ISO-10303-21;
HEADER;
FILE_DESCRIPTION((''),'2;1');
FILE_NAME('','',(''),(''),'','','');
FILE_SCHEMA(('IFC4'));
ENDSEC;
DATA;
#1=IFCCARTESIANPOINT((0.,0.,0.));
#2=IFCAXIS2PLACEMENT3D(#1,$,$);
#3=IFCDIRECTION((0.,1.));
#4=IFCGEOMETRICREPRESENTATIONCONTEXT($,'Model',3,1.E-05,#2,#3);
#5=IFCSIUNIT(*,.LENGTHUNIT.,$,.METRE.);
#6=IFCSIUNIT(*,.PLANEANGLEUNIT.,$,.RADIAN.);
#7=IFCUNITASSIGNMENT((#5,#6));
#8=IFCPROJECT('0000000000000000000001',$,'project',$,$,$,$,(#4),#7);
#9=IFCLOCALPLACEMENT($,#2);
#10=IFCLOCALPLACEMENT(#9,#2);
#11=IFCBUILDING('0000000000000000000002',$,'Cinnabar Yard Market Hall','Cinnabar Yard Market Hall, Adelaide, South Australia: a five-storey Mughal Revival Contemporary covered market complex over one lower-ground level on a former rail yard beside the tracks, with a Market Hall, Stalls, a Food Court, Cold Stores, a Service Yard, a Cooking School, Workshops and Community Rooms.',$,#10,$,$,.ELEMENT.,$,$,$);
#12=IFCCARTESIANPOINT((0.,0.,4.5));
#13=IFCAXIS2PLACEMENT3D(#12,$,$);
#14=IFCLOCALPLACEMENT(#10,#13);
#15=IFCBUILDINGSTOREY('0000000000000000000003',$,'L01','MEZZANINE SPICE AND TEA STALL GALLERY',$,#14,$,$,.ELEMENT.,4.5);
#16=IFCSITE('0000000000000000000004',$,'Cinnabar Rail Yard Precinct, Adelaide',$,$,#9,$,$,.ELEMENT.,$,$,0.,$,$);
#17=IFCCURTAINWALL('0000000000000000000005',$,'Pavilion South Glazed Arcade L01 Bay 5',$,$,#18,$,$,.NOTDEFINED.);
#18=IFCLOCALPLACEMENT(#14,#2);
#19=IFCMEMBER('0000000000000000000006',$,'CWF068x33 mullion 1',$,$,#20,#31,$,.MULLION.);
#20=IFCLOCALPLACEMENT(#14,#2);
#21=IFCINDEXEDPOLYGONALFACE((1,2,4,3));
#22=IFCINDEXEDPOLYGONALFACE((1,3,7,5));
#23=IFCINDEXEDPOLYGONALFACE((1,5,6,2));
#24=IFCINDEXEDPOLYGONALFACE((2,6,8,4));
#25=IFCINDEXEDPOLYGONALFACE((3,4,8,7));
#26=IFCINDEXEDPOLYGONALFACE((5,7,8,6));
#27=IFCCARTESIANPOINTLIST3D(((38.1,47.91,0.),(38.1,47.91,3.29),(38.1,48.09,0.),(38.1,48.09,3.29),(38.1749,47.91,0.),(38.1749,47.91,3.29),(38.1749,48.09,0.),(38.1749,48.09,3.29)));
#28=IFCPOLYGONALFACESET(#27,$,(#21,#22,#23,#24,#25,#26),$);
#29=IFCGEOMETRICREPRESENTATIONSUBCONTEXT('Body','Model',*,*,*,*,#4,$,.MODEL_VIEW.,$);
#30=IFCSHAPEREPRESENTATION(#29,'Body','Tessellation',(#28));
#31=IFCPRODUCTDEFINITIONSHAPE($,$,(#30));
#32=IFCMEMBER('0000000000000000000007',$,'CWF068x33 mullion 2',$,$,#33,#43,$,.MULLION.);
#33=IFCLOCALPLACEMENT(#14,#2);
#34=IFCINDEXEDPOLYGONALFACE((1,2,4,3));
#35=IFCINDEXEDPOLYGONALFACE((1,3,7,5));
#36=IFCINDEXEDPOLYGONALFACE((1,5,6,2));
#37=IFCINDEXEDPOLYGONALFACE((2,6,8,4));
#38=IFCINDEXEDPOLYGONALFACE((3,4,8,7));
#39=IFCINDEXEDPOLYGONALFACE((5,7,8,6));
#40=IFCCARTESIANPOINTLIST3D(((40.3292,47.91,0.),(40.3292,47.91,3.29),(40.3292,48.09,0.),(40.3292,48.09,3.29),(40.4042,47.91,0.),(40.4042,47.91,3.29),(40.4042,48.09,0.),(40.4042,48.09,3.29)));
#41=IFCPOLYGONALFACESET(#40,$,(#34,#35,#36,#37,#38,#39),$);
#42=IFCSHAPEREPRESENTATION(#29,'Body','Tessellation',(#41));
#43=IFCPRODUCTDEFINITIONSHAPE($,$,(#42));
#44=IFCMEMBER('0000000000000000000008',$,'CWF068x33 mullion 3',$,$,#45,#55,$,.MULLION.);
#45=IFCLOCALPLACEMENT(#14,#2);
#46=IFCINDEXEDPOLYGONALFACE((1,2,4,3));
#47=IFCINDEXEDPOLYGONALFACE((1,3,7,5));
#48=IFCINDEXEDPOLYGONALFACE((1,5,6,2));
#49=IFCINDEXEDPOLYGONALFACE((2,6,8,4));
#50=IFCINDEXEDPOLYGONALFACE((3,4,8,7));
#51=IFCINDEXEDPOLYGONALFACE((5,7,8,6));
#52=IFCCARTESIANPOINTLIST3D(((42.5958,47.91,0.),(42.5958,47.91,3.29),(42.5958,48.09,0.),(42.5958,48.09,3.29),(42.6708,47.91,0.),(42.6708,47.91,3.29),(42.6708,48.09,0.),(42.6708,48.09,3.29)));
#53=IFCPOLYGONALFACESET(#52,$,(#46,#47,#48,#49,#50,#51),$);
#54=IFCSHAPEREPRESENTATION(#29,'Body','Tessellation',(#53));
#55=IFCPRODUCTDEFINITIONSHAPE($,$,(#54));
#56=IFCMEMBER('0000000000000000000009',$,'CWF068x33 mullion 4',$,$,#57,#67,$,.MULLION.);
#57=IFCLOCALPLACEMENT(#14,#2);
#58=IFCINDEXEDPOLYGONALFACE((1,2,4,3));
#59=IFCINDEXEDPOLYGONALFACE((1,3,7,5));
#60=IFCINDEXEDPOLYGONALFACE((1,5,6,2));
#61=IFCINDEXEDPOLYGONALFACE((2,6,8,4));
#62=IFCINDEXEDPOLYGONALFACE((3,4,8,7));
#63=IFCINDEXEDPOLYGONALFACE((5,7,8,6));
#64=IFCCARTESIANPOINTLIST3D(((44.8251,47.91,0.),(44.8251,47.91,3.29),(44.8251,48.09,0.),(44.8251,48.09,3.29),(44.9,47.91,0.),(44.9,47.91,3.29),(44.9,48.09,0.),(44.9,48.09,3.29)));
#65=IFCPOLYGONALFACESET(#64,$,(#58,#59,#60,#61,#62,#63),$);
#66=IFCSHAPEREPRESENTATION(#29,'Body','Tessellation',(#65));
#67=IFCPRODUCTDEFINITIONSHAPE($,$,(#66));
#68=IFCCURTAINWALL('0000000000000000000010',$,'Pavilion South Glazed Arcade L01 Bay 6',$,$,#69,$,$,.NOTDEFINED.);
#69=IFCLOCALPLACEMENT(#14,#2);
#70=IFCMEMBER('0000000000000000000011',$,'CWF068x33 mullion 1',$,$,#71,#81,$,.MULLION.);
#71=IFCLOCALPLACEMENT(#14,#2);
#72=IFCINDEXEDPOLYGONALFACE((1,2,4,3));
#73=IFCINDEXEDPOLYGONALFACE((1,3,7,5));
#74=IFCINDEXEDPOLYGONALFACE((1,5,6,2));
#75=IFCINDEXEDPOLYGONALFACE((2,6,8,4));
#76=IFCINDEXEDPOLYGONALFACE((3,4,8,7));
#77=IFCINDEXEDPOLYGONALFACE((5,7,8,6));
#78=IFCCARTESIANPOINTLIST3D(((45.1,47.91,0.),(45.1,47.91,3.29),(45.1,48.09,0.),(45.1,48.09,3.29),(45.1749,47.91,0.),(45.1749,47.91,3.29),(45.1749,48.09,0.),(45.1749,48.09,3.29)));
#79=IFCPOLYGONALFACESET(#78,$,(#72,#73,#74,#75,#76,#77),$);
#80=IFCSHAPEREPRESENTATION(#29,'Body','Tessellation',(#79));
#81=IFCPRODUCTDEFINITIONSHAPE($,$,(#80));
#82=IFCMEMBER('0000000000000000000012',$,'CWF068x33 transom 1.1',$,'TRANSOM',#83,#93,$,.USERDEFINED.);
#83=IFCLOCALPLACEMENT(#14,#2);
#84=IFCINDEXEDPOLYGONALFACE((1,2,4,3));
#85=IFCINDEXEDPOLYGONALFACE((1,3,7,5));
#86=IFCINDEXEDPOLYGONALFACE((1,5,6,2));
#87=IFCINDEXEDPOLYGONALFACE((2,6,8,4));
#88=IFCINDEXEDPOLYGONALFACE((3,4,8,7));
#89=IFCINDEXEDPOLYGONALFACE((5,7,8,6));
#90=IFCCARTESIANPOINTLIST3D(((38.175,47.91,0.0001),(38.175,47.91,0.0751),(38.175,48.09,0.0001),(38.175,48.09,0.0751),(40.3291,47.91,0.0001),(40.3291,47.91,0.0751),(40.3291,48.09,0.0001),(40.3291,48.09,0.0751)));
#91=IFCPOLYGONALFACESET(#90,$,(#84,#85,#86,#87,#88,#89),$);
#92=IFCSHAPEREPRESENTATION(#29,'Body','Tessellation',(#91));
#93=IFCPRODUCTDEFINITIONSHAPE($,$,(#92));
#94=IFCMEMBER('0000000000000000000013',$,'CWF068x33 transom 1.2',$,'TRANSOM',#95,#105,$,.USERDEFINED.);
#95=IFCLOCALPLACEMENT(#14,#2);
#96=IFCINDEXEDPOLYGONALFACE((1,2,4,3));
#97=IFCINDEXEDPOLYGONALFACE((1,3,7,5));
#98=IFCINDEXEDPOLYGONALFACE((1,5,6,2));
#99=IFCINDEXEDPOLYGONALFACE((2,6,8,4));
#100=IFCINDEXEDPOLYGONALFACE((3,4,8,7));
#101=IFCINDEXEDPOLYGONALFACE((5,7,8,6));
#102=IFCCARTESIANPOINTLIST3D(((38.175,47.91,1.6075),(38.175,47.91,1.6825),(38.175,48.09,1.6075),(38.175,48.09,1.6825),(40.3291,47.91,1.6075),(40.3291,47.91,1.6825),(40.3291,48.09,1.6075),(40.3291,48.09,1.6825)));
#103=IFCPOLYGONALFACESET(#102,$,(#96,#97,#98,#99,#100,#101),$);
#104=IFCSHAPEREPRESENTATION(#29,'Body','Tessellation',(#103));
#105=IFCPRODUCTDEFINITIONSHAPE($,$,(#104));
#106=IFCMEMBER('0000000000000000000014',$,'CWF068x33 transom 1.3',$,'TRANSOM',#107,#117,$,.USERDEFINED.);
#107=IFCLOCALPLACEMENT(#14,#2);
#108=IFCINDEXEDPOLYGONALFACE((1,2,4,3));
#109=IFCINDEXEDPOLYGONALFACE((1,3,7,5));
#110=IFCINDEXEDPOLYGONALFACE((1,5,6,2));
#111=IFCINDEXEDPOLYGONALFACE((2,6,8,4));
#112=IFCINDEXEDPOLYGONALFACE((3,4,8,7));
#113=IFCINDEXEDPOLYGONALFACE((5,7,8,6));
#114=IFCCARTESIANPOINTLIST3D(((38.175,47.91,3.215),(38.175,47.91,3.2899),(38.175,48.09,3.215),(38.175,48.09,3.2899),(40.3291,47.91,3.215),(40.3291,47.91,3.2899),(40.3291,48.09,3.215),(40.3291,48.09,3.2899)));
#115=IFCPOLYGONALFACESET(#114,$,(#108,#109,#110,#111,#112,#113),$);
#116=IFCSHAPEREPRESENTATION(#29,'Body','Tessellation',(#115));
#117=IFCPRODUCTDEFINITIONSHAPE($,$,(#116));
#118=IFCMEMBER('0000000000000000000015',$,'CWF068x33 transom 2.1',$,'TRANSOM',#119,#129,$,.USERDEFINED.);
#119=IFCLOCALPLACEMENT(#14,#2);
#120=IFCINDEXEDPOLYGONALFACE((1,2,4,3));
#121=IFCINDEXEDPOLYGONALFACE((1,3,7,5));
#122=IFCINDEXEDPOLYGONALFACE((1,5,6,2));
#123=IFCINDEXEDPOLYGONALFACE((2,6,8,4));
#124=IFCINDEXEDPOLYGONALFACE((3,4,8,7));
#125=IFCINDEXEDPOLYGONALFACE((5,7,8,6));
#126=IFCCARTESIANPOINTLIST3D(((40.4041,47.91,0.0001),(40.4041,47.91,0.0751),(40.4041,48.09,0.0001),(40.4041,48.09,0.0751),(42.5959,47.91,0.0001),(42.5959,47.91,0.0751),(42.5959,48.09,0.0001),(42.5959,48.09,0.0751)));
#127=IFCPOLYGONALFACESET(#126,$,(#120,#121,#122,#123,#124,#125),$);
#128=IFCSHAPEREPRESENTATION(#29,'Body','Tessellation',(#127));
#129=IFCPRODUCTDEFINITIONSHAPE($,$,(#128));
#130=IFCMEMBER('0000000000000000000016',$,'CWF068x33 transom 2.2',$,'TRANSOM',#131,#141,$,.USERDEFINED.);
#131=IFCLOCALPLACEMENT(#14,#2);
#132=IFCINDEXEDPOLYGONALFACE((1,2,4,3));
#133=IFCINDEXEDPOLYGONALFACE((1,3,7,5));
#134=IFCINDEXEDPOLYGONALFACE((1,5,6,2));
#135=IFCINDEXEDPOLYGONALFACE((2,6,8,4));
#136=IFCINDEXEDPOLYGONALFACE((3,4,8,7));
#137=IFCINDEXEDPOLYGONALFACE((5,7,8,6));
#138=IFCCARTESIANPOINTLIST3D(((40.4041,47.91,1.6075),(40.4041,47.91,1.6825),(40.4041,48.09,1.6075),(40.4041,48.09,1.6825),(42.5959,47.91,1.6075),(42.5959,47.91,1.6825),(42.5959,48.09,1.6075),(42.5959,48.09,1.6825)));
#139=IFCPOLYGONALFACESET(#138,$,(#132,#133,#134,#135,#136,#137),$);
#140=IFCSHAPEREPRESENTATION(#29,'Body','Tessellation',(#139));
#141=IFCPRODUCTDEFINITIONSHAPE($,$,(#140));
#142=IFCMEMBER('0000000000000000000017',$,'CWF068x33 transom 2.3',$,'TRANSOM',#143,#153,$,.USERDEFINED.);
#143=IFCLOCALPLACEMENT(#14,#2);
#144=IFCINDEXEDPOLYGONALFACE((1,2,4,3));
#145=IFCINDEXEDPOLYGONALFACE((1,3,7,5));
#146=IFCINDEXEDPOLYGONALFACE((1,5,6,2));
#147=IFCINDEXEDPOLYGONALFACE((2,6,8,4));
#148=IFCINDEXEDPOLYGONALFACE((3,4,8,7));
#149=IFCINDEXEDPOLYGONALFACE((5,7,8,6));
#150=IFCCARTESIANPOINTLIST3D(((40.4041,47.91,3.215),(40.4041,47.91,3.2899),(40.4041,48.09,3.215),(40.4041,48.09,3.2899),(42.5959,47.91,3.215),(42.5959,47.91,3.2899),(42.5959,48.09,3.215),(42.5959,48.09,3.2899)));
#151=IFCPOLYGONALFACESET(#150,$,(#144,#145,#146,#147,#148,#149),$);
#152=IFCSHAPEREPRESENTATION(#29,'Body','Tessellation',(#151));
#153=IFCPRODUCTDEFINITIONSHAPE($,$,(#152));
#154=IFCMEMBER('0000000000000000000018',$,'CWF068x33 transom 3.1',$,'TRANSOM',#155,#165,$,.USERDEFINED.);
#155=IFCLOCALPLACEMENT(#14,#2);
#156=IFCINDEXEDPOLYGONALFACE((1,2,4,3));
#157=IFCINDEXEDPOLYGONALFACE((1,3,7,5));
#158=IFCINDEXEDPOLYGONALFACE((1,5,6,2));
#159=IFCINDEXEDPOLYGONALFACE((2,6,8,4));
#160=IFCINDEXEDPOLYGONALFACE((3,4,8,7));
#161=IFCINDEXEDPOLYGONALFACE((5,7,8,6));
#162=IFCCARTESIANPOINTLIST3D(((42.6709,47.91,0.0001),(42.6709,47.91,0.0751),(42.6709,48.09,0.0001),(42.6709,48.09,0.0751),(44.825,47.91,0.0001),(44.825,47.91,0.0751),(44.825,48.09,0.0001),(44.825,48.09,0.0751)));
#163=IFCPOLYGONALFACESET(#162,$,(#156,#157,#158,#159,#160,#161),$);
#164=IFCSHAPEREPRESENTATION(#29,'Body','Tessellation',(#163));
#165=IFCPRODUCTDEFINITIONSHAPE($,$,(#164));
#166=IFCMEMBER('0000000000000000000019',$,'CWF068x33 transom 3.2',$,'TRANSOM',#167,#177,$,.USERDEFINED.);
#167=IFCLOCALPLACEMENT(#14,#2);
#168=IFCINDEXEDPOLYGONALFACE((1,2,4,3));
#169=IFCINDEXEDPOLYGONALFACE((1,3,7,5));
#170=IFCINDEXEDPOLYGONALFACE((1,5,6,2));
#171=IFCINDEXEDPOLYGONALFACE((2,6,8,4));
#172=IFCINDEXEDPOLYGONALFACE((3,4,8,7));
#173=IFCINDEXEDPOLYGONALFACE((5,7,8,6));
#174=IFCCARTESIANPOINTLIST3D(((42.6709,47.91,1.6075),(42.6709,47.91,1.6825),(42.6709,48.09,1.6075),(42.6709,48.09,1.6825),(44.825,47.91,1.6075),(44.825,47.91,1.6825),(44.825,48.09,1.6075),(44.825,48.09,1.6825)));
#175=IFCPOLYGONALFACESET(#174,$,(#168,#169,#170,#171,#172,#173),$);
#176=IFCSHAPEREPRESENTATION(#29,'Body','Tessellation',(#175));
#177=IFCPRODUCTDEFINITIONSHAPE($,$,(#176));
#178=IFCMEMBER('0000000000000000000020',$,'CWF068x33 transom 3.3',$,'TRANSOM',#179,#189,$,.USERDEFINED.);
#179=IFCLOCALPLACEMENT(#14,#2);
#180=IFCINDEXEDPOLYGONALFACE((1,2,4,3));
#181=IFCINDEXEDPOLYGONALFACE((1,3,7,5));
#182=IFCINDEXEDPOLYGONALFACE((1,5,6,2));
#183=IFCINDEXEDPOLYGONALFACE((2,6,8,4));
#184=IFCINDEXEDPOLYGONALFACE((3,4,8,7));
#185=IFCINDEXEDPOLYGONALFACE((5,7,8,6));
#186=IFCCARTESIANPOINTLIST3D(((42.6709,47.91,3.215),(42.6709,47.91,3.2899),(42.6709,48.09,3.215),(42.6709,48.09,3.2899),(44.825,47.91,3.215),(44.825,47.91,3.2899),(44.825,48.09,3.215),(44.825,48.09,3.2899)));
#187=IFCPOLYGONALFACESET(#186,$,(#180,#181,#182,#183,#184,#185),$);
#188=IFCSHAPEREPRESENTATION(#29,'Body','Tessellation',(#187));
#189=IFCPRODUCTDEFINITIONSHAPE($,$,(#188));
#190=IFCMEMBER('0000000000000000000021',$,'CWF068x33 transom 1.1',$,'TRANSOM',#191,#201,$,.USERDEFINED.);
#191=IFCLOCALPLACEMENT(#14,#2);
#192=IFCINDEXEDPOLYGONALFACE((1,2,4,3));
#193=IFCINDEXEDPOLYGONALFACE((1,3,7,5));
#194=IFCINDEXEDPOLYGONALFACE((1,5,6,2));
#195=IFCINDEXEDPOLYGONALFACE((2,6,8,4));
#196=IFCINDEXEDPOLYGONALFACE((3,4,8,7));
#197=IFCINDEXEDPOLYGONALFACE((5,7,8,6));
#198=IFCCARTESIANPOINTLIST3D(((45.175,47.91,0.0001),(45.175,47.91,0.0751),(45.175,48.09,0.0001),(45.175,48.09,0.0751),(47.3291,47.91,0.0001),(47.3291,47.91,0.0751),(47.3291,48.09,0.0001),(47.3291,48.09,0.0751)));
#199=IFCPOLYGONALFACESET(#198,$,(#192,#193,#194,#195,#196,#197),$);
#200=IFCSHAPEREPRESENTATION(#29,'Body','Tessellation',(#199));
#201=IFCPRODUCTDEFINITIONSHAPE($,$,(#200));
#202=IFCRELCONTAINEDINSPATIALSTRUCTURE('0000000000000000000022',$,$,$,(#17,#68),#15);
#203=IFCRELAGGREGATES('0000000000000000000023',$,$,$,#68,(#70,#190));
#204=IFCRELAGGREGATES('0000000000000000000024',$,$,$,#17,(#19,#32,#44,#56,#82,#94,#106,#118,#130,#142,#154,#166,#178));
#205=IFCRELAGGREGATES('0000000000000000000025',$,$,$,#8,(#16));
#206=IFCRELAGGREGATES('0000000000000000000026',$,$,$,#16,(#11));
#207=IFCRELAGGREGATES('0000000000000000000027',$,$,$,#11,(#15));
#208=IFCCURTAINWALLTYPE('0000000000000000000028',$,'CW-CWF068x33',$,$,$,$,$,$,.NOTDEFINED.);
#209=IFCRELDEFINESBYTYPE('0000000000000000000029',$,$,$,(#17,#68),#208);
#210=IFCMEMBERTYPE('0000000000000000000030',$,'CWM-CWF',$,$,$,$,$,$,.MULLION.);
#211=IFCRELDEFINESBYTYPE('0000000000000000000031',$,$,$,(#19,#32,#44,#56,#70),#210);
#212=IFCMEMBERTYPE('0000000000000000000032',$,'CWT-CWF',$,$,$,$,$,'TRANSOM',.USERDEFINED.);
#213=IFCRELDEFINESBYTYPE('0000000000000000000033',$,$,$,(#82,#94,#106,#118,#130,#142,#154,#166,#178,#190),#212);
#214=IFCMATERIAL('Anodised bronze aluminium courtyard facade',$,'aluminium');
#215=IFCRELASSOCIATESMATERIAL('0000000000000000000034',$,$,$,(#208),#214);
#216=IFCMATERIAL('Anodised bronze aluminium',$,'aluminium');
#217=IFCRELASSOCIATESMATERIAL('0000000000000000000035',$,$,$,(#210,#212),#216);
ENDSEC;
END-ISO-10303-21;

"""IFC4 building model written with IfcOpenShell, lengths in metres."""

from ifc_helpers import new_model, si_unit, direction, frame, origin, origin_2d_with_axis, place, context, subcontext, project, spatial, rectangle, extrude, material, material_profile, profile_set, type_object, element, aggregate, save


model = new_model("IFC4")

# Units and contexts
model_context = context("Model", 3, precision=1e-05, world=origin(), true_north=direction((0.0, 1.0)))
body_context = subcontext(model_context, "Body", "Model", "MODEL_VIEW")
ifc_project = project(units=[si_unit("LENGTHUNIT", "METRE"), si_unit("PLANEANGLEUNIT", "RADIAN")], contexts=[model_context])

# Site, building, storey
site_placement = place(None, origin())
site = spatial("IfcSite", under=ifc_project, at=site_placement, Name="Cinnabar Rail Yard Precinct, Adelaide", CompositionType="ELEMENT", RefElevation=0.0)
building_placement = place(site_placement, origin())
building = spatial("IfcBuilding", under=site, at=building_placement, Name="Cinnabar Yard Market Hall", Description="Cinnabar Yard Market Hall, Adelaide, South Australia: a five-storey Mughal Revival Contemporary covered market complex over one lower-ground level on a former rail yard beside the tracks, with a Market Hall, Stalls, a Food Court, Cold Stores, a Service Yard, a Cooking School, Workshops and Community Rooms.", CompositionType="ELEMENT")
storey_placement = place(building_placement, frame((0.0, 0.0, 4.5)))
storey = spatial("IfcBuildingStorey", under=building, at=storey_placement, Name="L01", Description="MEZZANINE SPICE AND TEA STALL GALLERY", CompositionType="ELEMENT", Elevation=4.5)

# Curtain wall, members
ifc_material_1 = material(Name="Anodised bronze aluminium courtyard facade", Category="aluminium")
curtain_wall_type = type_object("IfcCurtainWallType", Name="CW-CWF068x33", PredefinedType="NOTDEFINED", material=ifc_material_1)
curtain_wall_1_placement = place(storey_placement, origin())
curtain_wall_1 = element("IfcCurtainWall", 1, at=curtain_wall_1_placement, inside=storey, type_object=curtain_wall_type, Name="Pavilion South Glazed Arcade L01 Bay 5", PredefinedType="NOTDEFINED")
ifc_material_2 = material(Name="Anodised bronze aluminium", Category="aluminium")
ifc_material_profile_1 = material_profile(ifc_material_2, rectangle(XDim=0.1799, YDim=0.075, at=origin_2d_with_axis()), Name="MUL-CWF")
ifc_profile_set_1 = profile_set([ifc_material_profile_1], Name="Anodised bronze aluminium")
member_type_1 = type_object("IfcMemberType", Name="CWM-CWF", PredefinedType="MULLION", material=ifc_profile_set_1)
member_1_placement = place(storey_placement, frame((38.1375, 48.0, 0.0), z_axis=(0.0, 0.0, 1.0), x_axis=(0.0, 1.0, 0.0)))
member_1 = element("IfcMember", 2, at=member_1_placement, type_object=member_type_1, Name="CWF068x33 mullion 1", PredefinedType="MULLION", context=body_context, shape_type="SweptSolid", body=[
    extrude(rectangle(XDim=0.1799, YDim=0.075, at=origin_2d_with_axis()), origin(), (0.0, 0.0, 1.0), 3.29),
])
member_2_placement = place(storey_placement, frame((40.3667, 48.0, 0.0), z_axis=(0.0, 0.0, 1.0), x_axis=(0.0, 1.0, 0.0)))
member_2 = element("IfcMember", 3, at=member_2_placement, type_object=member_type_1, Name="CWF068x33 mullion 2", PredefinedType="MULLION", context=body_context, shape_type="SweptSolid", body=[
    extrude(rectangle(XDim=0.1799, YDim=0.075, at=origin_2d_with_axis()), origin(), (0.0, 0.0, 1.0), 3.29),
])
member_3_placement = place(storey_placement, frame((42.6333, 48.0, 0.0), z_axis=(0.0, 0.0, 1.0), x_axis=(0.0, 1.0, 0.0)))
member_3 = element("IfcMember", 4, at=member_3_placement, type_object=member_type_1, Name="CWF068x33 mullion 3", PredefinedType="MULLION", context=body_context, shape_type="SweptSolid", body=[
    extrude(rectangle(XDim=0.1799, YDim=0.075, at=origin_2d_with_axis()), origin(), (0.0, 0.0, 1.0), 3.29),
])
member_4_placement = place(storey_placement, frame((44.8625, 48.0, 0.0), z_axis=(0.0, 0.0, 1.0), x_axis=(0.0, 1.0, 0.0)))
member_4 = element("IfcMember", 5, at=member_4_placement, type_object=member_type_1, Name="CWF068x33 mullion 4", PredefinedType="MULLION", context=body_context, shape_type="SweptSolid", body=[
    extrude(rectangle(XDim=0.1799, YDim=0.075, at=origin_2d_with_axis()), origin(), (0.0, 0.0, 1.0), 3.29),
])

# Curtain wall, member
curtain_wall_2_placement = place(storey_placement, origin())
curtain_wall_2 = element("IfcCurtainWall", 6, at=curtain_wall_2_placement, inside=storey, type_object=curtain_wall_type, Name="Pavilion South Glazed Arcade L01 Bay 6", PredefinedType="NOTDEFINED")
member_5_placement = place(storey_placement, frame((45.1375, 48.0, 0.0), z_axis=(0.0, 0.0, 1.0), x_axis=(0.0, 1.0, 0.0)))
member_5 = element("IfcMember", 7, at=member_5_placement, type_object=member_type_1, Name="CWF068x33 mullion 1", PredefinedType="MULLION", context=body_context, shape_type="SweptSolid", body=[
    extrude(rectangle(XDim=0.1799, YDim=0.075, at=origin_2d_with_axis()), origin(), (0.0, 0.0, 1.0), 3.29),
])

# Members
ifc_material_profile_2 = material_profile(ifc_material_2, rectangle(XDim=0.1799, YDim=0.075, at=origin_2d_with_axis()), Name="TRN-CWF")
ifc_profile_set_2 = profile_set([ifc_material_profile_2], Name="Anodised bronze aluminium")
member_type_2 = type_object("IfcMemberType", Name="CWT-CWF", ElementType="TRANSOM", PredefinedType="USERDEFINED", material=ifc_profile_set_2)
member_6_placement = place(storey_placement, frame((38.175, 48.0, 0.0376), z_axis=(1.0, 0.0, 0.0), x_axis=(0.0, 1.0, 0.0)))
member_6 = element("IfcMember", 8, at=member_6_placement, type_object=member_type_2, Name="CWF068x33 transom 1.1", ObjectType="TRANSOM", PredefinedType="USERDEFINED", context=body_context, shape_type="SweptSolid", body=[
    extrude(rectangle(XDim=0.1799, YDim=0.075, at=origin_2d_with_axis()), origin(), (0.0, 0.0, 1.0), 2.1541),
])
member_7_placement = place(storey_placement, frame((38.175, 48.0, 1.645), z_axis=(1.0, 0.0, 0.0), x_axis=(0.0, 1.0, 0.0)))
member_7 = element("IfcMember", 9, at=member_7_placement, type_object=member_type_2, Name="CWF068x33 transom 1.2", ObjectType="TRANSOM", PredefinedType="USERDEFINED", context=body_context, shape_type="SweptSolid", body=[
    extrude(rectangle(XDim=0.1799, YDim=0.075, at=origin_2d_with_axis()), origin(), (0.0, 0.0, 1.0), 2.1541),
])
member_8_placement = place(storey_placement, frame((38.175, 48.0, 3.2524), z_axis=(1.0, 0.0, 0.0), x_axis=(0.0, 1.0, 0.0)))
member_8 = element("IfcMember", 10, at=member_8_placement, type_object=member_type_2, Name="CWF068x33 transom 1.3", ObjectType="TRANSOM", PredefinedType="USERDEFINED", context=body_context, shape_type="SweptSolid", body=[
    extrude(rectangle(XDim=0.1799, YDim=0.075, at=origin_2d_with_axis()), origin(), (0.0, 0.0, 1.0), 2.1541),
])
member_9_placement = place(storey_placement, frame((40.4041, 48.0, 0.0376), z_axis=(1.0, 0.0, 0.0), x_axis=(0.0, 1.0, 0.0)))
member_9 = element("IfcMember", 11, at=member_9_placement, type_object=member_type_2, Name="CWF068x33 transom 2.1", ObjectType="TRANSOM", PredefinedType="USERDEFINED", context=body_context, shape_type="SweptSolid", body=[
    extrude(rectangle(XDim=0.1799, YDim=0.075, at=origin_2d_with_axis()), origin(), (0.0, 0.0, 1.0), 2.1919),
])
member_10_placement = place(storey_placement, frame((40.4041, 48.0, 1.645), z_axis=(1.0, 0.0, 0.0), x_axis=(0.0, 1.0, 0.0)))
member_10 = element("IfcMember", 12, at=member_10_placement, type_object=member_type_2, Name="CWF068x33 transom 2.2", ObjectType="TRANSOM", PredefinedType="USERDEFINED", context=body_context, shape_type="SweptSolid", body=[
    extrude(rectangle(XDim=0.1799, YDim=0.075, at=origin_2d_with_axis()), origin(), (0.0, 0.0, 1.0), 2.1919),
])
member_11_placement = place(storey_placement, frame((40.4041, 48.0, 3.2524), z_axis=(1.0, 0.0, 0.0), x_axis=(0.0, 1.0, 0.0)))
member_11 = element("IfcMember", 13, at=member_11_placement, type_object=member_type_2, Name="CWF068x33 transom 2.3", ObjectType="TRANSOM", PredefinedType="USERDEFINED", context=body_context, shape_type="SweptSolid", body=[
    extrude(rectangle(XDim=0.1799, YDim=0.075, at=origin_2d_with_axis()), origin(), (0.0, 0.0, 1.0), 2.1919),
])
member_12_placement = place(storey_placement, frame((42.6709, 48.0, 0.0376), z_axis=(1.0, 0.0, 0.0), x_axis=(0.0, 1.0, 0.0)))
member_12 = element("IfcMember", 14, at=member_12_placement, type_object=member_type_2, Name="CWF068x33 transom 3.1", ObjectType="TRANSOM", PredefinedType="USERDEFINED", context=body_context, shape_type="SweptSolid", body=[
    extrude(rectangle(XDim=0.1799, YDim=0.075, at=origin_2d_with_axis()), origin(), (0.0, 0.0, 1.0), 2.1541),
])
member_13_placement = place(storey_placement, frame((42.6709, 48.0, 1.645), z_axis=(1.0, 0.0, 0.0), x_axis=(0.0, 1.0, 0.0)))
member_13 = element("IfcMember", 15, at=member_13_placement, type_object=member_type_2, Name="CWF068x33 transom 3.2", ObjectType="TRANSOM", PredefinedType="USERDEFINED", context=body_context, shape_type="SweptSolid", body=[
    extrude(rectangle(XDim=0.1799, YDim=0.075, at=origin_2d_with_axis()), origin(), (0.0, 0.0, 1.0), 2.1541),
])
member_14_placement = place(storey_placement, frame((42.6709, 48.0, 3.2524), z_axis=(1.0, 0.0, 0.0), x_axis=(0.0, 1.0, 0.0)))
member_14 = element("IfcMember", 16, at=member_14_placement, type_object=member_type_2, Name="CWF068x33 transom 3.3", ObjectType="TRANSOM", PredefinedType="USERDEFINED", context=body_context, shape_type="SweptSolid", body=[
    extrude(rectangle(XDim=0.1799, YDim=0.075, at=origin_2d_with_axis()), origin(), (0.0, 0.0, 1.0), 2.1541),
])
member_15_placement = place(storey_placement, frame((45.175, 48.0, 0.0376), z_axis=(1.0, 0.0, 0.0), x_axis=(0.0, 1.0, 0.0)))
member_15 = element("IfcMember", 17, at=member_15_placement, type_object=member_type_2, Name="CWF068x33 transom 1.1", ObjectType="TRANSOM", PredefinedType="USERDEFINED", context=body_context, shape_type="SweptSolid", body=[
    extrude(rectangle(XDim=0.1799, YDim=0.075, at=origin_2d_with_axis()), origin(), (0.0, 0.0, 1.0), 2.1541),
])

aggregate(curtain_wall_2, [member_5, member_15])
aggregate(curtain_wall_1, [member_1, member_2, member_3, member_4, member_6, member_7, member_8, member_9, member_10, member_11, member_12, member_13, member_14])

save(model, "model.ifc")
